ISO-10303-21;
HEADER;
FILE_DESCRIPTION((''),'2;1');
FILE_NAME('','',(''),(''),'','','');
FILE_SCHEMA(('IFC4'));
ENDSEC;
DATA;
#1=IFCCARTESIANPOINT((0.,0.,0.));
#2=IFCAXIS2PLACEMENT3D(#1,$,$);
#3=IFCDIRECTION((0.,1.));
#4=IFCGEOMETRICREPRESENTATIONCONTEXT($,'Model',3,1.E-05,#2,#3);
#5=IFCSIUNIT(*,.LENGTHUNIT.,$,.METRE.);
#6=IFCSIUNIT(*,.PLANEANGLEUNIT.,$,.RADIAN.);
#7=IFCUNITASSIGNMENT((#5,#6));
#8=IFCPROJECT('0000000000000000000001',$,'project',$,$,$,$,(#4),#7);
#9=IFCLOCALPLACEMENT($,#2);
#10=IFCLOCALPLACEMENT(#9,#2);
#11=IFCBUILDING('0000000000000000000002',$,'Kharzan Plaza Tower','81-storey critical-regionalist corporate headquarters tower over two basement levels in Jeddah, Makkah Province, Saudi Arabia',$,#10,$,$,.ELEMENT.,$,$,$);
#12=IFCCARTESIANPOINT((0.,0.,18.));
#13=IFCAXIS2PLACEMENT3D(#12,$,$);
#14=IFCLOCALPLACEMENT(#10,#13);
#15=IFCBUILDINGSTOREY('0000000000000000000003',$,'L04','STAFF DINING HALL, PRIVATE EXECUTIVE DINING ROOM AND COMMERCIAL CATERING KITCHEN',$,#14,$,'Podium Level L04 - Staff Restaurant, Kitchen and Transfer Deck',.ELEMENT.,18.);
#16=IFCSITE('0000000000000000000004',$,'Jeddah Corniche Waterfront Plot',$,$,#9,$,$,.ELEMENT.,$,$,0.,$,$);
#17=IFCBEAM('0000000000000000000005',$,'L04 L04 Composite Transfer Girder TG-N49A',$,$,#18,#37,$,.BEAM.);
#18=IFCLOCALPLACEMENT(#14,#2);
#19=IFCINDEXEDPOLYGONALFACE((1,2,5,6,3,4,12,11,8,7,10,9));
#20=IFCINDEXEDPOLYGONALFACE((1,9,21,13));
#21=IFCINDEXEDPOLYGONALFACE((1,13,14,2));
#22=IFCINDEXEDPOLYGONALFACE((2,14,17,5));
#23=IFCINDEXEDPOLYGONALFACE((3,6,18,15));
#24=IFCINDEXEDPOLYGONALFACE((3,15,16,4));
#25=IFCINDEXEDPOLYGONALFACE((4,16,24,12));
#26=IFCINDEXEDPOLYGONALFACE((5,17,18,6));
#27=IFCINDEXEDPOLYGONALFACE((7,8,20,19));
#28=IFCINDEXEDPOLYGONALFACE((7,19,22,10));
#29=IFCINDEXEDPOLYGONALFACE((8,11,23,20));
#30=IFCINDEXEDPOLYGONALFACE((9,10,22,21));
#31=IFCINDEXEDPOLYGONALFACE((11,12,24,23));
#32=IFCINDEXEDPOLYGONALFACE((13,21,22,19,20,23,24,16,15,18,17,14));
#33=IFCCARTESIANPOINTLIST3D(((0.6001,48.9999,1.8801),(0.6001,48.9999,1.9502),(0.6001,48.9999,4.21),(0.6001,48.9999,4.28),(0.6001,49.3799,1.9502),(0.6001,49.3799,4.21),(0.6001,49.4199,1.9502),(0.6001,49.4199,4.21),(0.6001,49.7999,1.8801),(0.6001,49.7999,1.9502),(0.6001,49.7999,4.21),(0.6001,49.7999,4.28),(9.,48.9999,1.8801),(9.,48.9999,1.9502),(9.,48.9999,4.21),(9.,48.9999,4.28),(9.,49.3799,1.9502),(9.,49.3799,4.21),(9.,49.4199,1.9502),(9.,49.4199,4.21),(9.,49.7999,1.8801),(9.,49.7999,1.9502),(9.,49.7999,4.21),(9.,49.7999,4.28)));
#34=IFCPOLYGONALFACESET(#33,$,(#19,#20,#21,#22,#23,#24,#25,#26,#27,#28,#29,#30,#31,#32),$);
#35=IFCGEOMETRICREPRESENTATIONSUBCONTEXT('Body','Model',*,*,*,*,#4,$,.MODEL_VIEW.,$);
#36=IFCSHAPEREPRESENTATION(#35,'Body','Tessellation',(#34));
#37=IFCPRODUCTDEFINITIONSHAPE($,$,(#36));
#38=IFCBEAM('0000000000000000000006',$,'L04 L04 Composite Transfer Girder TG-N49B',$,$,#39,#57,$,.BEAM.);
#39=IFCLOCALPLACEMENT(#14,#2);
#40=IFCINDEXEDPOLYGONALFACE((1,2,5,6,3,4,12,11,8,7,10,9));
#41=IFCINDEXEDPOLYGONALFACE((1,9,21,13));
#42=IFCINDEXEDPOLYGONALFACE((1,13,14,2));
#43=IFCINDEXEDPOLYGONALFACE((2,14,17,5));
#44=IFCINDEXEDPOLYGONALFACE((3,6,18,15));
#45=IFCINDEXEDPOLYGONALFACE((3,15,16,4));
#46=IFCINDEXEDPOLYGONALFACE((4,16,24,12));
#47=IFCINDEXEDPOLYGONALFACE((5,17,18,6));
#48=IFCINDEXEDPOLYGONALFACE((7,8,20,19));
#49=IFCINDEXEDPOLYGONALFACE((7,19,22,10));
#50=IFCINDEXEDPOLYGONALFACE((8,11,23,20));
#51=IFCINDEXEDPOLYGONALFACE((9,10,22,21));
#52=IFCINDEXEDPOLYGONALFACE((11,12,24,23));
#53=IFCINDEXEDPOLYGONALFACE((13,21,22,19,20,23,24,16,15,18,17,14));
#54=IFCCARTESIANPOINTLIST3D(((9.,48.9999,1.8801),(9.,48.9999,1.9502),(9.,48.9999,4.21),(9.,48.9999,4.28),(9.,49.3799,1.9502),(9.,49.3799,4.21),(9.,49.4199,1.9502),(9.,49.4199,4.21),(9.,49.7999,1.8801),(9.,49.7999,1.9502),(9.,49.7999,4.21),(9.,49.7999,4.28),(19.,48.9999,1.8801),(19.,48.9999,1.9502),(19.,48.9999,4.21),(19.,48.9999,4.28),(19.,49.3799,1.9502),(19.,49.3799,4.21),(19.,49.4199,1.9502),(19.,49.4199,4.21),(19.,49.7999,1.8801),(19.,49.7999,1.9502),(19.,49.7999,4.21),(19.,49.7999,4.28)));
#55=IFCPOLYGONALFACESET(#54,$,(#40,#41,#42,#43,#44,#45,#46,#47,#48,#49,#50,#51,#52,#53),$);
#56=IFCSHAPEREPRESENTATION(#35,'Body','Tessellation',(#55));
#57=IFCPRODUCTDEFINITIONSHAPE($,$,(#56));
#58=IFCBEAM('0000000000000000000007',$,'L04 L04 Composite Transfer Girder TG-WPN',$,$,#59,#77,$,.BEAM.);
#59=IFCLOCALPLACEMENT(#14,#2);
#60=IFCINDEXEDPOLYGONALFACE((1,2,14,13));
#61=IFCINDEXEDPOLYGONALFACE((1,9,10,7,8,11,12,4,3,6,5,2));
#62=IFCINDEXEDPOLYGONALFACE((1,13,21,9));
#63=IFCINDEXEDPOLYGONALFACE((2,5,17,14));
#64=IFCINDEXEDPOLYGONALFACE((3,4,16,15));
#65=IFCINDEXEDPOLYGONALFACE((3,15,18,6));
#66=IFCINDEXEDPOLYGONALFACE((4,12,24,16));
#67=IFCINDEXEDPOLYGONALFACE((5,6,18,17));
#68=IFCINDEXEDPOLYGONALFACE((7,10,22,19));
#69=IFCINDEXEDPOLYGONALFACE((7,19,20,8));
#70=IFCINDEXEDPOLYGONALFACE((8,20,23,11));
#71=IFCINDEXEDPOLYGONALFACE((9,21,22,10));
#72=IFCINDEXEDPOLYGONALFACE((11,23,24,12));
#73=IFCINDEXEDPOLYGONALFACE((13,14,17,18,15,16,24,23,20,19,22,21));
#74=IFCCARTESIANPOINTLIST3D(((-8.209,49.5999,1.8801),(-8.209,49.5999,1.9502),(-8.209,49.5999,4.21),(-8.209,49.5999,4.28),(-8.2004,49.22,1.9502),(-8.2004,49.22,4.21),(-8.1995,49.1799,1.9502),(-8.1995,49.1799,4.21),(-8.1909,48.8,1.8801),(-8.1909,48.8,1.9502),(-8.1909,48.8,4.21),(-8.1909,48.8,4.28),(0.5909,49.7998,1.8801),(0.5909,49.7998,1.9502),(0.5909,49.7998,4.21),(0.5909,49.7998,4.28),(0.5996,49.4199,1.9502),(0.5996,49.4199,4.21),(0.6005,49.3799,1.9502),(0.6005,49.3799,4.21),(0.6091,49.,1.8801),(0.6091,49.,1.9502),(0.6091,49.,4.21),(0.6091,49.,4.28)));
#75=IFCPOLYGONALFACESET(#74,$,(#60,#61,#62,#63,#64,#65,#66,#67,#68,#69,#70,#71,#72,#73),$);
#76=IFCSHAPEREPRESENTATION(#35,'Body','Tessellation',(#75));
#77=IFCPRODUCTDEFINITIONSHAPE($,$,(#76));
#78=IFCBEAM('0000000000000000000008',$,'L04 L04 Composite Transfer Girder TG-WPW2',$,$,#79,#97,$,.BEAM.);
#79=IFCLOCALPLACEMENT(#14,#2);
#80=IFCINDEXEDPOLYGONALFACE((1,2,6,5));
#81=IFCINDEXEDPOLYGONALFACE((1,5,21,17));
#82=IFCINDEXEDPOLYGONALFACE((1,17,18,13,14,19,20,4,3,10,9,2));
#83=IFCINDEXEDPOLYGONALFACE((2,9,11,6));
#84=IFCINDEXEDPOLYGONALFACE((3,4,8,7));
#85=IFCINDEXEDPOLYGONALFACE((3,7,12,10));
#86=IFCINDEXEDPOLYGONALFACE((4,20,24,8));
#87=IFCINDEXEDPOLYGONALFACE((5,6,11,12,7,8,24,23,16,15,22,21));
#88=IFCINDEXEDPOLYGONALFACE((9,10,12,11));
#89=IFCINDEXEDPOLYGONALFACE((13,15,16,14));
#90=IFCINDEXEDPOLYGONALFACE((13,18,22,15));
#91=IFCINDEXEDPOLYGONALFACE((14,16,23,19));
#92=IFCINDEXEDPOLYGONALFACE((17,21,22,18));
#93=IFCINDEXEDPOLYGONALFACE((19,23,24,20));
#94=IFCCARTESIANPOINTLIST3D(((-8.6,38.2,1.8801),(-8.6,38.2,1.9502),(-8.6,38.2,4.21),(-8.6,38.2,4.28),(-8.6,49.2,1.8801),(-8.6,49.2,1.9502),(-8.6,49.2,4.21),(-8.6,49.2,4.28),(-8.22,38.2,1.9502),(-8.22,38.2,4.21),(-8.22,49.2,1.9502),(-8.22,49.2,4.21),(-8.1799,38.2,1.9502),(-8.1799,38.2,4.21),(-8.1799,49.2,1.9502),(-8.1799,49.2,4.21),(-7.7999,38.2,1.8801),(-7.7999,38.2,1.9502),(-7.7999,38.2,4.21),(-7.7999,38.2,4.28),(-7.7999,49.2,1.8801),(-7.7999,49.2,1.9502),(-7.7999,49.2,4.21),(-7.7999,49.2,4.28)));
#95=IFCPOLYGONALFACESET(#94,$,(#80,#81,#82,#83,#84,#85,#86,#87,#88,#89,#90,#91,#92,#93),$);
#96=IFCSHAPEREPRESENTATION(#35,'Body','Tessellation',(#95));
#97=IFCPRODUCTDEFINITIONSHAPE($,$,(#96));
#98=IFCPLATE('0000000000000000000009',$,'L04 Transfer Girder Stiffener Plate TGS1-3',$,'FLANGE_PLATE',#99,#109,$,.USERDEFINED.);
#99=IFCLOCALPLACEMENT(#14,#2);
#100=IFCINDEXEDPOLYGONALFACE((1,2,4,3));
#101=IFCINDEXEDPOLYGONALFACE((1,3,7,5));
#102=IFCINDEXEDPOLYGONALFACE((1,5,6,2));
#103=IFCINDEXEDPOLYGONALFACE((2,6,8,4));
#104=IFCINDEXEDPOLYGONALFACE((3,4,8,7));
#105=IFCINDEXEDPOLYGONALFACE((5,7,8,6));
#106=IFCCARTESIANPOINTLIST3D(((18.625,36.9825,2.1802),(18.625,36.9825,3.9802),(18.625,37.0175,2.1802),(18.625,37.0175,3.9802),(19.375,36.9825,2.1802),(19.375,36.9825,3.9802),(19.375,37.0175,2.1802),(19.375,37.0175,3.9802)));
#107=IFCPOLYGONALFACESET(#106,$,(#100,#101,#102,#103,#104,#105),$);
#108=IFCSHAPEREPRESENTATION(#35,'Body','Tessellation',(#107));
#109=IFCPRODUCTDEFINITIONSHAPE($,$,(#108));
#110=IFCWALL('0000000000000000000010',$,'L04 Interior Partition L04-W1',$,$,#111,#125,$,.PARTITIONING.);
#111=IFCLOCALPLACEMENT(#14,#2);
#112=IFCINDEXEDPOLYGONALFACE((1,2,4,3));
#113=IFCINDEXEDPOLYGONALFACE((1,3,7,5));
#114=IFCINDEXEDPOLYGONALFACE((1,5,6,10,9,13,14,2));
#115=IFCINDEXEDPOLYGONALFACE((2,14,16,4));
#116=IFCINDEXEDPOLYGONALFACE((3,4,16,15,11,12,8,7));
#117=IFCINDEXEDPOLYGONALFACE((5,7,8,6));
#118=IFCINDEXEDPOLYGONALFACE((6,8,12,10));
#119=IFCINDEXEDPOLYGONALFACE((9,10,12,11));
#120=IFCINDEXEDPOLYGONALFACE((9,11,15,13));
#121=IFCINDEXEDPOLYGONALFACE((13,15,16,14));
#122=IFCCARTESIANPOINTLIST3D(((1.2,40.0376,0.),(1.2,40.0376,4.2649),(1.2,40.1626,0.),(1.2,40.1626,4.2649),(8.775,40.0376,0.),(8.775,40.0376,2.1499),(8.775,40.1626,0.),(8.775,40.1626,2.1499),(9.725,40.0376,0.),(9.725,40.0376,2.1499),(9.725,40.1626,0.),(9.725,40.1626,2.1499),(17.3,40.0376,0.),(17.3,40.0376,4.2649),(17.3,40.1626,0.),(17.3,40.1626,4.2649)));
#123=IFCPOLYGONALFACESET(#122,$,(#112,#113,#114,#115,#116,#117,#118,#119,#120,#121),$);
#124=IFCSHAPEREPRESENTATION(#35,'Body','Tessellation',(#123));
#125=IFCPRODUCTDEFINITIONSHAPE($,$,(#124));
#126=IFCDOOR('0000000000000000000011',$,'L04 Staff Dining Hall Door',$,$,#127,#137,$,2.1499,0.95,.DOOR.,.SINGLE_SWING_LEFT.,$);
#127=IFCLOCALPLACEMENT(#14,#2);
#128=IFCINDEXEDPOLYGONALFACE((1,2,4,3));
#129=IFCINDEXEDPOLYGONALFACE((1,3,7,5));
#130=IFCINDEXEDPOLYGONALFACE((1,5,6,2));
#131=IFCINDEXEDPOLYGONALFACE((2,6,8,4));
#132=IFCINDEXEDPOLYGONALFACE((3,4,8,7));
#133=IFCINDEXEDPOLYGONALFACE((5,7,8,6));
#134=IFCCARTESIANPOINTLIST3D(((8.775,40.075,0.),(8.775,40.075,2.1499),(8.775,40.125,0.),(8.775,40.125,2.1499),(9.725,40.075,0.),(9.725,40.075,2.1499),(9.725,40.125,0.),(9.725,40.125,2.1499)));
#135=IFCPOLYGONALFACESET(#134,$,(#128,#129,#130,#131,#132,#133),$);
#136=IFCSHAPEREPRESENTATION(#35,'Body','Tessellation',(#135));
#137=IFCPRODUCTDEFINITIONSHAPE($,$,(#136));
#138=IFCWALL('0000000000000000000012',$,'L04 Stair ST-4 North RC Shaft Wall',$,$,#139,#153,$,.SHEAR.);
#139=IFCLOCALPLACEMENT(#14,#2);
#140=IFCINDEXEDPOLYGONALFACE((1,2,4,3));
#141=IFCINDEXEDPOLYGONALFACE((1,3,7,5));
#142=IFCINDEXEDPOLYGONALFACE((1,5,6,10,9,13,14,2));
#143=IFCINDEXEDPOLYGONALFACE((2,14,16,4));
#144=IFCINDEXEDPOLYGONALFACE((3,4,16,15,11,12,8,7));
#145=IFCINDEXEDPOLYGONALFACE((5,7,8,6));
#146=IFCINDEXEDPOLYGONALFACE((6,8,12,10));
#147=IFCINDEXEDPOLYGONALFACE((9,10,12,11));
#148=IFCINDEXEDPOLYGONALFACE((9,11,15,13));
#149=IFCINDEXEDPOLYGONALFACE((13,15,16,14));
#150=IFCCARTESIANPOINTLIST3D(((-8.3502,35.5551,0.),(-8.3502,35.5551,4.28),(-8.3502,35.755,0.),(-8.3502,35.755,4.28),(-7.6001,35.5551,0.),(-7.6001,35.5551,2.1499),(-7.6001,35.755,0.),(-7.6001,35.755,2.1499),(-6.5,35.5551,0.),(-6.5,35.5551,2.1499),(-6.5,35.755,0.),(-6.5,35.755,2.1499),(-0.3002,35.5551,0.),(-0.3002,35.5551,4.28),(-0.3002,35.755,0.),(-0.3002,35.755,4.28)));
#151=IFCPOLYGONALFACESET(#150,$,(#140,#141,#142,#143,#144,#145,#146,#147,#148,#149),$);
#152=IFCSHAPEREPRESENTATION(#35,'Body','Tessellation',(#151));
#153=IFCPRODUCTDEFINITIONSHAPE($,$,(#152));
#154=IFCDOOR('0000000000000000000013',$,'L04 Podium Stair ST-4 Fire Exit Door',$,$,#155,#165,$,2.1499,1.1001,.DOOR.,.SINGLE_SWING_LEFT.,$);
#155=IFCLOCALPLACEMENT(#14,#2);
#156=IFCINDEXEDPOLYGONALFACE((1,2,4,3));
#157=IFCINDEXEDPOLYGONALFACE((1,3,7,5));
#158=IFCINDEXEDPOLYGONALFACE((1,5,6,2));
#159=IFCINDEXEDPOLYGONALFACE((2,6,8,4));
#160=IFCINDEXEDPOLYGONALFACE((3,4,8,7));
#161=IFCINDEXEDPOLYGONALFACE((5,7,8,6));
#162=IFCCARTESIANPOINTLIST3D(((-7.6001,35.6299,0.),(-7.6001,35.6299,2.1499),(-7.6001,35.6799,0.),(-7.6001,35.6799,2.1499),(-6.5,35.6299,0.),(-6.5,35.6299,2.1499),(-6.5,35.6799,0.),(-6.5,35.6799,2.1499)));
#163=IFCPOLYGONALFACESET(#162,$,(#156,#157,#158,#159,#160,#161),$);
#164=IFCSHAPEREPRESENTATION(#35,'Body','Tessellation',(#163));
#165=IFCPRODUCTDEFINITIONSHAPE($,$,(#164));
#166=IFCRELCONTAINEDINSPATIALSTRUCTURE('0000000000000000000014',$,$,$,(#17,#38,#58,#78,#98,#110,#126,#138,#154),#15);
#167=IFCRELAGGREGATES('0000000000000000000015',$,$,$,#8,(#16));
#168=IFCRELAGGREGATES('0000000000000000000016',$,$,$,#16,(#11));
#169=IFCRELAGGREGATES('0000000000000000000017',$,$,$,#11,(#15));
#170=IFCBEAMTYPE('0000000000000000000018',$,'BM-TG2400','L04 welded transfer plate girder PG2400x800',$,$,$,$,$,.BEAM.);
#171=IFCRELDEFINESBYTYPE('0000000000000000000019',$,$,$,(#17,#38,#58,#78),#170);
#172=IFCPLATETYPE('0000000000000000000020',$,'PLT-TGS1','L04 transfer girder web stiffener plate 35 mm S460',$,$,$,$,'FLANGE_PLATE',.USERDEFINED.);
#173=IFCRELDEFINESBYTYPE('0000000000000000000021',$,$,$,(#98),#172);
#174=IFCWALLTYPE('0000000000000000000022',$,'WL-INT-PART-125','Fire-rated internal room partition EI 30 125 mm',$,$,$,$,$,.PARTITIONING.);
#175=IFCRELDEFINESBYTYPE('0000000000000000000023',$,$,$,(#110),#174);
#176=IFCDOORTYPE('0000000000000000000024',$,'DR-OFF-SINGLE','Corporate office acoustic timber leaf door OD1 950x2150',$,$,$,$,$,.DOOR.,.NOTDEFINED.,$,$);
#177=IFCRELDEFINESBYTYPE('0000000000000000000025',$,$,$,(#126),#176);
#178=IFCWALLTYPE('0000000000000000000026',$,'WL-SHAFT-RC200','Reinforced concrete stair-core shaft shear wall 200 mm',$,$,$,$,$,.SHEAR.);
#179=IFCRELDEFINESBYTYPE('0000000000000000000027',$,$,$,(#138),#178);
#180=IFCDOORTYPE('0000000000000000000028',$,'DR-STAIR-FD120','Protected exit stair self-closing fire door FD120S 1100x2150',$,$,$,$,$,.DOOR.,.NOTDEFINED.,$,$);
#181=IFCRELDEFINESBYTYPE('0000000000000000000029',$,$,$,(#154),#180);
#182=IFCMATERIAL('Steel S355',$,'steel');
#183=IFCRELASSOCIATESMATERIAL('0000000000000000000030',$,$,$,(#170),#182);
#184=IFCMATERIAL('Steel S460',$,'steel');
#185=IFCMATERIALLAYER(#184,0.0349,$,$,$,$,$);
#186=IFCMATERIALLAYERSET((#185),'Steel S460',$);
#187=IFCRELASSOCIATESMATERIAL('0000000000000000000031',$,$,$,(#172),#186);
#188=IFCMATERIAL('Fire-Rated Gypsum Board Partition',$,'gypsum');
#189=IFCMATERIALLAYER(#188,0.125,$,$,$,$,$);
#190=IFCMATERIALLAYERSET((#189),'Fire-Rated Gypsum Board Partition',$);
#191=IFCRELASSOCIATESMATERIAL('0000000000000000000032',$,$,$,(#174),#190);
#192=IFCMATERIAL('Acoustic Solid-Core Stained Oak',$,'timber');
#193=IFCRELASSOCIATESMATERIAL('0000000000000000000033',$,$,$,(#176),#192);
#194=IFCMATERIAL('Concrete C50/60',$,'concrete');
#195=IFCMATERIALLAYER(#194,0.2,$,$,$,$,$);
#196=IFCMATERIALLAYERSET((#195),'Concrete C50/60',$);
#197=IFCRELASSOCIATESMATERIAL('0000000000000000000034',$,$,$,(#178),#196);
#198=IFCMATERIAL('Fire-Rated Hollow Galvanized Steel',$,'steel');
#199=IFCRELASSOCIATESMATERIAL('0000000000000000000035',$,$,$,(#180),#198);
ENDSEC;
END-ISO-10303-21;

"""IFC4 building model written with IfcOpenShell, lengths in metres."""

from ifc_helpers import new_model, si_unit, direction, frame, frame_2d, origin, origin_2d, place, context, subcontext, project, spatial, rectangle, i_section, extrude, source, transform, mapped, material, layer, layer_set, material_profile, profile_set, type_object, element, fill, save


model = new_model("IFC4")

# Units and contexts
model_context = context("Model", 3, precision=1e-05, world=origin(), true_north=direction((0.0, 1.0)))
body_context = subcontext(model_context, "Body", "Model", "MODEL_VIEW")
ifc_project = project(units=[si_unit("LENGTHUNIT", "METRE"), si_unit("PLANEANGLEUNIT", "RADIAN")], contexts=[model_context])

# Site, building, storey
site_placement = place(None, origin())
site = spatial("IfcSite", under=ifc_project, at=site_placement, Name="Jeddah Corniche Waterfront Plot", CompositionType="ELEMENT", RefElevation=0.0)
building_placement = place(site_placement, origin())
building = spatial("IfcBuilding", under=site, at=building_placement, Name="Kharzan Plaza Tower", Description="81-storey critical-regionalist corporate headquarters tower over two basement levels in Jeddah, Makkah Province, Saudi Arabia", CompositionType="ELEMENT")
storey_placement = place(building_placement, frame((0.0, 0.0, 18.0)))
storey = spatial("IfcBuildingStorey", under=building, at=storey_placement, Name="L04", Description="STAFF DINING HALL, PRIVATE EXECUTIVE DINING ROOM AND COMMERCIAL CATERING KITCHEN", LongName="Podium Level L04 - Staff Restaurant, Kitchen and Transfer Deck", CompositionType="ELEMENT", Elevation=18.0)

# Beams
ifc_material_1 = material(Name="Steel S355", Category="steel")
ifc_material_profile_1 = material_profile(ifc_material_1, i_section(OverallWidth=0.8, OverallDepth=2.3999, WebThickness=0.04, FlangeThickness=0.0701, at=origin_2d()), Name="PG2400x800")
ifc_profile_set_1 = profile_set([ifc_material_profile_1], Name="Steel S355")
beam_type = type_object("IfcBeamType", Name="BM-TG2400", Description="L04 welded transfer plate girder PG2400x800", PredefinedType="BEAM", material=ifc_profile_set_1)
shared_shape_1 = source(origin(), body_context, "Body", "SweptSolid", [
    extrude(i_section(OverallWidth=0.8, OverallDepth=2.3999, WebThickness=0.04, FlangeThickness=0.0701, at=origin_2d()), origin(), (0.0, 0.0, 1.0), 8.3999),
])
beam_1_placement = place(storey_placement, frame((0.6001, 49.3999, 3.0801), z_axis=(1.0, 0.0, 0.0), x_axis=(0.0, 1.0, 0.0)))
element("IfcBeam", 1, at=beam_1_placement, inside=storey, type_object=beam_type, Name="L04 L04 Composite Transfer Girder TG-N49A", PredefinedType="BEAM", context=body_context, shape_type="MappedRepresentation", body=[
    mapped(shared_shape_1, transform((0.0, 0.0, 0.0), x_axis=(1.0, 0.0, 0.0), y_axis=(0.0, 1.0, 0.0), z_axis=(0.0, 0.0, 1.0))),
])
shared_shape_2 = source(origin(), body_context, "Body", "SweptSolid", [
    extrude(i_section(OverallWidth=0.8, OverallDepth=2.3999, WebThickness=0.04, FlangeThickness=0.0701, at=origin_2d()), origin(), (0.0, 0.0, 1.0), 10.0),
])
beam_2_placement = place(storey_placement, frame((9.0, 49.3999, 3.0801), z_axis=(1.0, 0.0, 0.0), x_axis=(0.0, 1.0, 0.0)))
element("IfcBeam", 2, at=beam_2_placement, inside=storey, type_object=beam_type, Name="L04 L04 Composite Transfer Girder TG-N49B", PredefinedType="BEAM", context=body_context, shape_type="MappedRepresentation", body=[
    mapped(shared_shape_2, transform((0.0, 0.0, 0.0), x_axis=(1.0, 0.0, 0.0), y_axis=(0.0, 1.0, 0.0), z_axis=(0.0, 0.0, 1.0))),
])
shared_shape_3 = source(origin(), body_context, "Body", "SweptSolid", [
    extrude(i_section(OverallWidth=0.8, OverallDepth=2.3999, WebThickness=0.04, FlangeThickness=0.0701, at=origin_2d()), origin(), (0.0, 0.0, 1.0), 8.8022),
])
beam_3_placement = place(storey_placement, frame((-8.2, 49.2, 3.0801), z_axis=(0.999742, 0.022716, 0.0), x_axis=(-0.022716, 0.999742, 0.0)))
element("IfcBeam", 3, at=beam_3_placement, inside=storey, type_object=beam_type, Name="L04 L04 Composite Transfer Girder TG-WPN", PredefinedType="BEAM", context=body_context, shape_type="MappedRepresentation", body=[
    mapped(shared_shape_3, transform((0.0, 0.0, 0.0), x_axis=(1.0, 0.0, 0.0), y_axis=(0.0, 1.0, 0.0), z_axis=(0.0, 0.0, 1.0))),
])
shared_shape_4 = source(origin(), body_context, "Body", "SweptSolid", [
    extrude(i_section(OverallWidth=0.8, OverallDepth=2.3999, WebThickness=0.04, FlangeThickness=0.0701, at=origin_2d()), origin(), (0.0, 0.0, 1.0), 11.0),
])
beam_4_placement = place(storey_placement, frame((-8.2, 38.2, 3.0801), z_axis=(0.0, 1.0, 0.0), x_axis=(-1.0, 0.0, 0.0)))
element("IfcBeam", 4, at=beam_4_placement, inside=storey, type_object=beam_type, Name="L04 L04 Composite Transfer Girder TG-WPW2", PredefinedType="BEAM", context=body_context, shape_type="MappedRepresentation", body=[
    mapped(shared_shape_4, transform((0.0, 0.0, 0.0), x_axis=(1.0, 0.0, 0.0), y_axis=(0.0, 1.0, 0.0), z_axis=(0.0, 0.0, 1.0))),
])

# Plate
ifc_material_2 = material(Name="Steel S460", Category="steel")
ifc_layer_1 = layer(ifc_material_2, 0.0349)
ifc_layer_set_1 = layer_set([ifc_layer_1], Name="Steel S460")
plate_type = type_object("IfcPlateType", Name="PLT-TGS1", Description="L04 transfer girder web stiffener plate 35 mm S460", ElementType="FLANGE_PLATE", PredefinedType="USERDEFINED", material=ifc_layer_set_1)
shared_shape_5 = source(origin(), body_context, "Body", "SweptSolid", [
    extrude(rectangle(XDim=0.75, YDim=0.0349, at=origin_2d()), origin(), (0.0, 0.0, 1.0), 1.8),
])
plate_placement = place(storey_placement, frame((19.0, 37.0, 2.1802), z_axis=(0.0, 0.0, 1.0), x_axis=(1.0, 0.0, 0.0)))
element("IfcPlate", 5, at=plate_placement, inside=storey, type_object=plate_type, Name="L04 Transfer Girder Stiffener Plate TGS1-3", ObjectType="FLANGE_PLATE", PredefinedType="USERDEFINED", context=body_context, shape_type="MappedRepresentation", body=[
    mapped(shared_shape_5, transform((0.0, 0.0, 0.0), x_axis=(1.0, 0.0, 0.0), y_axis=(0.0, 1.0, 0.0), z_axis=(0.0, 0.0, 1.0))),
])

# Walls, openings, doors
ifc_material_3 = material(Name="Fire-Rated Gypsum Board Partition", Category="gypsum")
ifc_layer_2 = layer(ifc_material_3, 0.125)
ifc_layer_set_2 = layer_set([ifc_layer_2], Name="Fire-Rated Gypsum Board Partition")
wall_type_1 = type_object("IfcWallType", Name="WL-INT-PART-125", Description="Fire-rated internal room partition EI 30 125 mm", PredefinedType="PARTITIONING", material=ifc_layer_set_2)
wall_1_placement = place(storey_placement, frame((1.2, 40.1001, 0.0), z_axis=(0.0, 0.0, 1.0), x_axis=(1.0, 0.0, 0.0)))
wall_1 = element("IfcWall", 6, at=wall_1_placement, inside=storey, type_object=wall_type_1, Name="L04 Interior Partition L04-W1", PredefinedType="PARTITIONING", context=body_context, shape_type="SweptSolid", body=[
    extrude(rectangle(XDim=16.1001, YDim=0.125, at=frame_2d((8.05, 0.0))), origin(), (0.0, 0.0, 1.0), 4.2649),
])
opening_1_placement = place(wall_1_placement, frame((7.575, 0.0, 0.0)))
opening_1 = element("IfcOpeningElement", 7, at=opening_1_placement, cuts=wall_1, PredefinedType="OPENING", context=body_context, shape_type="SweptSolid", body=[
    extrude(rectangle(XDim=0.95, YDim=2.1499, at=frame_2d((0.4751, 1.075))), frame((0.0, 0.0725, 0.0), z_axis=(0.0, -1.0, 0.0), x_axis=(1.0, 0.0, 0.0)), (0.0, 0.0, 1.0), 0.145),
])
ifc_material_4 = material(Name="Acoustic Solid-Core Stained Oak", Category="timber")
door_type_1 = type_object("IfcDoorType", Name="DR-OFF-SINGLE", Description="Corporate office acoustic timber leaf door OD1 950x2150", OperationType="NOTDEFINED", PredefinedType="DOOR", material=ifc_material_4)
shared_shape_6 = source(origin(), body_context, "Body", "SweptSolid", [
    extrude(rectangle(XDim=0.95, YDim=2.1499, at=frame_2d((0.4751, 1.075))), frame((0.0, 0.0249, 0.0), z_axis=(0.0, -1.0, 0.0), x_axis=(1.0, 0.0, 0.0)), (0.0, 0.0, 1.0), 0.05),
])
door_1_placement = place(opening_1_placement, origin())
door_1 = element("IfcDoor", 8, at=door_1_placement, inside=storey, type_object=door_type_1, Name="L04 Staff Dining Hall Door", OperationType="SINGLE_SWING_LEFT", OverallHeight=2.1499, OverallWidth=0.95, PredefinedType="DOOR", context=body_context, shape_type="MappedRepresentation", body=[
    mapped(shared_shape_6, transform((0.0, 0.0, 0.0), x_axis=(1.0, 0.0, 0.0), y_axis=(0.0, 1.0, 0.0), z_axis=(0.0, 0.0, 1.0))),
])
fill(opening_1, door_1)
ifc_material_5 = material(Name="Concrete C50/60", Category="concrete")
ifc_layer_3 = layer(ifc_material_5, 0.2)
ifc_layer_set_3 = layer_set([ifc_layer_3], Name="Concrete C50/60")
wall_type_2 = type_object("IfcWallType", Name="WL-SHAFT-RC200", Description="Reinforced concrete stair-core shaft shear wall 200 mm", PredefinedType="SHEAR", material=ifc_layer_set_3)
wall_2_placement = place(storey_placement, frame((-8.3501, 35.655, 0.0), z_axis=(0.0, 0.0, 1.0), x_axis=(1.0, 0.0, 0.0)))
wall_2 = element("IfcWall", 9, at=wall_2_placement, inside=storey, type_object=wall_type_2, Name="L04 Stair ST-4 North RC Shaft Wall", PredefinedType="SHEAR", context=body_context, shape_type="SweptSolid", body=[
    extrude(rectangle(XDim=8.05, YDim=0.2, at=frame_2d((4.0249, 0.0))), origin(), (0.0, 0.0, 1.0), 4.28),
])
opening_2_placement = place(wall_2_placement, frame((0.75, 0.0, 0.0)))
opening_2 = element("IfcOpeningElement", 10, at=opening_2_placement, cuts=wall_2, PredefinedType="OPENING", context=body_context, shape_type="SweptSolid", body=[
    extrude(rectangle(XDim=1.1001, YDim=2.1499, at=frame_2d((0.55, 1.075))), frame((0.0, 0.1099, 0.0), z_axis=(0.0, -1.0, 0.0), x_axis=(1.0, 0.0, 0.0)), (0.0, 0.0, 1.0), 0.22),
])
ifc_material_6 = material(Name="Fire-Rated Hollow Galvanized Steel", Category="steel")
door_type_2 = type_object("IfcDoorType", Name="DR-STAIR-FD120", Description="Protected exit stair self-closing fire door FD120S 1100x2150", OperationType="NOTDEFINED", PredefinedType="DOOR", material=ifc_material_6)
shared_shape_7 = source(origin(), body_context, "Body", "SweptSolid", [
    extrude(rectangle(XDim=1.1001, YDim=2.1499, at=frame_2d((0.55, 1.075))), frame((0.0, 0.0249, 0.0), z_axis=(0.0, -1.0, 0.0), x_axis=(1.0, 0.0, 0.0)), (0.0, 0.0, 1.0), 0.05),
])
door_2_placement = place(opening_2_placement, origin())
door_2 = element("IfcDoor", 11, at=door_2_placement, inside=storey, type_object=door_type_2, Name="L04 Podium Stair ST-4 Fire Exit Door", OperationType="SINGLE_SWING_LEFT", OverallHeight=2.1499, OverallWidth=1.1001, PredefinedType="DOOR", context=body_context, shape_type="MappedRepresentation", body=[
    mapped(shared_shape_7, transform((0.0, 0.0, 0.0), x_axis=(1.0, 0.0, 0.0), y_axis=(0.0, 1.0, 0.0), z_axis=(0.0, 0.0, 1.0))),
])
fill(opening_2, door_2)

save(model, "model.ifc")
